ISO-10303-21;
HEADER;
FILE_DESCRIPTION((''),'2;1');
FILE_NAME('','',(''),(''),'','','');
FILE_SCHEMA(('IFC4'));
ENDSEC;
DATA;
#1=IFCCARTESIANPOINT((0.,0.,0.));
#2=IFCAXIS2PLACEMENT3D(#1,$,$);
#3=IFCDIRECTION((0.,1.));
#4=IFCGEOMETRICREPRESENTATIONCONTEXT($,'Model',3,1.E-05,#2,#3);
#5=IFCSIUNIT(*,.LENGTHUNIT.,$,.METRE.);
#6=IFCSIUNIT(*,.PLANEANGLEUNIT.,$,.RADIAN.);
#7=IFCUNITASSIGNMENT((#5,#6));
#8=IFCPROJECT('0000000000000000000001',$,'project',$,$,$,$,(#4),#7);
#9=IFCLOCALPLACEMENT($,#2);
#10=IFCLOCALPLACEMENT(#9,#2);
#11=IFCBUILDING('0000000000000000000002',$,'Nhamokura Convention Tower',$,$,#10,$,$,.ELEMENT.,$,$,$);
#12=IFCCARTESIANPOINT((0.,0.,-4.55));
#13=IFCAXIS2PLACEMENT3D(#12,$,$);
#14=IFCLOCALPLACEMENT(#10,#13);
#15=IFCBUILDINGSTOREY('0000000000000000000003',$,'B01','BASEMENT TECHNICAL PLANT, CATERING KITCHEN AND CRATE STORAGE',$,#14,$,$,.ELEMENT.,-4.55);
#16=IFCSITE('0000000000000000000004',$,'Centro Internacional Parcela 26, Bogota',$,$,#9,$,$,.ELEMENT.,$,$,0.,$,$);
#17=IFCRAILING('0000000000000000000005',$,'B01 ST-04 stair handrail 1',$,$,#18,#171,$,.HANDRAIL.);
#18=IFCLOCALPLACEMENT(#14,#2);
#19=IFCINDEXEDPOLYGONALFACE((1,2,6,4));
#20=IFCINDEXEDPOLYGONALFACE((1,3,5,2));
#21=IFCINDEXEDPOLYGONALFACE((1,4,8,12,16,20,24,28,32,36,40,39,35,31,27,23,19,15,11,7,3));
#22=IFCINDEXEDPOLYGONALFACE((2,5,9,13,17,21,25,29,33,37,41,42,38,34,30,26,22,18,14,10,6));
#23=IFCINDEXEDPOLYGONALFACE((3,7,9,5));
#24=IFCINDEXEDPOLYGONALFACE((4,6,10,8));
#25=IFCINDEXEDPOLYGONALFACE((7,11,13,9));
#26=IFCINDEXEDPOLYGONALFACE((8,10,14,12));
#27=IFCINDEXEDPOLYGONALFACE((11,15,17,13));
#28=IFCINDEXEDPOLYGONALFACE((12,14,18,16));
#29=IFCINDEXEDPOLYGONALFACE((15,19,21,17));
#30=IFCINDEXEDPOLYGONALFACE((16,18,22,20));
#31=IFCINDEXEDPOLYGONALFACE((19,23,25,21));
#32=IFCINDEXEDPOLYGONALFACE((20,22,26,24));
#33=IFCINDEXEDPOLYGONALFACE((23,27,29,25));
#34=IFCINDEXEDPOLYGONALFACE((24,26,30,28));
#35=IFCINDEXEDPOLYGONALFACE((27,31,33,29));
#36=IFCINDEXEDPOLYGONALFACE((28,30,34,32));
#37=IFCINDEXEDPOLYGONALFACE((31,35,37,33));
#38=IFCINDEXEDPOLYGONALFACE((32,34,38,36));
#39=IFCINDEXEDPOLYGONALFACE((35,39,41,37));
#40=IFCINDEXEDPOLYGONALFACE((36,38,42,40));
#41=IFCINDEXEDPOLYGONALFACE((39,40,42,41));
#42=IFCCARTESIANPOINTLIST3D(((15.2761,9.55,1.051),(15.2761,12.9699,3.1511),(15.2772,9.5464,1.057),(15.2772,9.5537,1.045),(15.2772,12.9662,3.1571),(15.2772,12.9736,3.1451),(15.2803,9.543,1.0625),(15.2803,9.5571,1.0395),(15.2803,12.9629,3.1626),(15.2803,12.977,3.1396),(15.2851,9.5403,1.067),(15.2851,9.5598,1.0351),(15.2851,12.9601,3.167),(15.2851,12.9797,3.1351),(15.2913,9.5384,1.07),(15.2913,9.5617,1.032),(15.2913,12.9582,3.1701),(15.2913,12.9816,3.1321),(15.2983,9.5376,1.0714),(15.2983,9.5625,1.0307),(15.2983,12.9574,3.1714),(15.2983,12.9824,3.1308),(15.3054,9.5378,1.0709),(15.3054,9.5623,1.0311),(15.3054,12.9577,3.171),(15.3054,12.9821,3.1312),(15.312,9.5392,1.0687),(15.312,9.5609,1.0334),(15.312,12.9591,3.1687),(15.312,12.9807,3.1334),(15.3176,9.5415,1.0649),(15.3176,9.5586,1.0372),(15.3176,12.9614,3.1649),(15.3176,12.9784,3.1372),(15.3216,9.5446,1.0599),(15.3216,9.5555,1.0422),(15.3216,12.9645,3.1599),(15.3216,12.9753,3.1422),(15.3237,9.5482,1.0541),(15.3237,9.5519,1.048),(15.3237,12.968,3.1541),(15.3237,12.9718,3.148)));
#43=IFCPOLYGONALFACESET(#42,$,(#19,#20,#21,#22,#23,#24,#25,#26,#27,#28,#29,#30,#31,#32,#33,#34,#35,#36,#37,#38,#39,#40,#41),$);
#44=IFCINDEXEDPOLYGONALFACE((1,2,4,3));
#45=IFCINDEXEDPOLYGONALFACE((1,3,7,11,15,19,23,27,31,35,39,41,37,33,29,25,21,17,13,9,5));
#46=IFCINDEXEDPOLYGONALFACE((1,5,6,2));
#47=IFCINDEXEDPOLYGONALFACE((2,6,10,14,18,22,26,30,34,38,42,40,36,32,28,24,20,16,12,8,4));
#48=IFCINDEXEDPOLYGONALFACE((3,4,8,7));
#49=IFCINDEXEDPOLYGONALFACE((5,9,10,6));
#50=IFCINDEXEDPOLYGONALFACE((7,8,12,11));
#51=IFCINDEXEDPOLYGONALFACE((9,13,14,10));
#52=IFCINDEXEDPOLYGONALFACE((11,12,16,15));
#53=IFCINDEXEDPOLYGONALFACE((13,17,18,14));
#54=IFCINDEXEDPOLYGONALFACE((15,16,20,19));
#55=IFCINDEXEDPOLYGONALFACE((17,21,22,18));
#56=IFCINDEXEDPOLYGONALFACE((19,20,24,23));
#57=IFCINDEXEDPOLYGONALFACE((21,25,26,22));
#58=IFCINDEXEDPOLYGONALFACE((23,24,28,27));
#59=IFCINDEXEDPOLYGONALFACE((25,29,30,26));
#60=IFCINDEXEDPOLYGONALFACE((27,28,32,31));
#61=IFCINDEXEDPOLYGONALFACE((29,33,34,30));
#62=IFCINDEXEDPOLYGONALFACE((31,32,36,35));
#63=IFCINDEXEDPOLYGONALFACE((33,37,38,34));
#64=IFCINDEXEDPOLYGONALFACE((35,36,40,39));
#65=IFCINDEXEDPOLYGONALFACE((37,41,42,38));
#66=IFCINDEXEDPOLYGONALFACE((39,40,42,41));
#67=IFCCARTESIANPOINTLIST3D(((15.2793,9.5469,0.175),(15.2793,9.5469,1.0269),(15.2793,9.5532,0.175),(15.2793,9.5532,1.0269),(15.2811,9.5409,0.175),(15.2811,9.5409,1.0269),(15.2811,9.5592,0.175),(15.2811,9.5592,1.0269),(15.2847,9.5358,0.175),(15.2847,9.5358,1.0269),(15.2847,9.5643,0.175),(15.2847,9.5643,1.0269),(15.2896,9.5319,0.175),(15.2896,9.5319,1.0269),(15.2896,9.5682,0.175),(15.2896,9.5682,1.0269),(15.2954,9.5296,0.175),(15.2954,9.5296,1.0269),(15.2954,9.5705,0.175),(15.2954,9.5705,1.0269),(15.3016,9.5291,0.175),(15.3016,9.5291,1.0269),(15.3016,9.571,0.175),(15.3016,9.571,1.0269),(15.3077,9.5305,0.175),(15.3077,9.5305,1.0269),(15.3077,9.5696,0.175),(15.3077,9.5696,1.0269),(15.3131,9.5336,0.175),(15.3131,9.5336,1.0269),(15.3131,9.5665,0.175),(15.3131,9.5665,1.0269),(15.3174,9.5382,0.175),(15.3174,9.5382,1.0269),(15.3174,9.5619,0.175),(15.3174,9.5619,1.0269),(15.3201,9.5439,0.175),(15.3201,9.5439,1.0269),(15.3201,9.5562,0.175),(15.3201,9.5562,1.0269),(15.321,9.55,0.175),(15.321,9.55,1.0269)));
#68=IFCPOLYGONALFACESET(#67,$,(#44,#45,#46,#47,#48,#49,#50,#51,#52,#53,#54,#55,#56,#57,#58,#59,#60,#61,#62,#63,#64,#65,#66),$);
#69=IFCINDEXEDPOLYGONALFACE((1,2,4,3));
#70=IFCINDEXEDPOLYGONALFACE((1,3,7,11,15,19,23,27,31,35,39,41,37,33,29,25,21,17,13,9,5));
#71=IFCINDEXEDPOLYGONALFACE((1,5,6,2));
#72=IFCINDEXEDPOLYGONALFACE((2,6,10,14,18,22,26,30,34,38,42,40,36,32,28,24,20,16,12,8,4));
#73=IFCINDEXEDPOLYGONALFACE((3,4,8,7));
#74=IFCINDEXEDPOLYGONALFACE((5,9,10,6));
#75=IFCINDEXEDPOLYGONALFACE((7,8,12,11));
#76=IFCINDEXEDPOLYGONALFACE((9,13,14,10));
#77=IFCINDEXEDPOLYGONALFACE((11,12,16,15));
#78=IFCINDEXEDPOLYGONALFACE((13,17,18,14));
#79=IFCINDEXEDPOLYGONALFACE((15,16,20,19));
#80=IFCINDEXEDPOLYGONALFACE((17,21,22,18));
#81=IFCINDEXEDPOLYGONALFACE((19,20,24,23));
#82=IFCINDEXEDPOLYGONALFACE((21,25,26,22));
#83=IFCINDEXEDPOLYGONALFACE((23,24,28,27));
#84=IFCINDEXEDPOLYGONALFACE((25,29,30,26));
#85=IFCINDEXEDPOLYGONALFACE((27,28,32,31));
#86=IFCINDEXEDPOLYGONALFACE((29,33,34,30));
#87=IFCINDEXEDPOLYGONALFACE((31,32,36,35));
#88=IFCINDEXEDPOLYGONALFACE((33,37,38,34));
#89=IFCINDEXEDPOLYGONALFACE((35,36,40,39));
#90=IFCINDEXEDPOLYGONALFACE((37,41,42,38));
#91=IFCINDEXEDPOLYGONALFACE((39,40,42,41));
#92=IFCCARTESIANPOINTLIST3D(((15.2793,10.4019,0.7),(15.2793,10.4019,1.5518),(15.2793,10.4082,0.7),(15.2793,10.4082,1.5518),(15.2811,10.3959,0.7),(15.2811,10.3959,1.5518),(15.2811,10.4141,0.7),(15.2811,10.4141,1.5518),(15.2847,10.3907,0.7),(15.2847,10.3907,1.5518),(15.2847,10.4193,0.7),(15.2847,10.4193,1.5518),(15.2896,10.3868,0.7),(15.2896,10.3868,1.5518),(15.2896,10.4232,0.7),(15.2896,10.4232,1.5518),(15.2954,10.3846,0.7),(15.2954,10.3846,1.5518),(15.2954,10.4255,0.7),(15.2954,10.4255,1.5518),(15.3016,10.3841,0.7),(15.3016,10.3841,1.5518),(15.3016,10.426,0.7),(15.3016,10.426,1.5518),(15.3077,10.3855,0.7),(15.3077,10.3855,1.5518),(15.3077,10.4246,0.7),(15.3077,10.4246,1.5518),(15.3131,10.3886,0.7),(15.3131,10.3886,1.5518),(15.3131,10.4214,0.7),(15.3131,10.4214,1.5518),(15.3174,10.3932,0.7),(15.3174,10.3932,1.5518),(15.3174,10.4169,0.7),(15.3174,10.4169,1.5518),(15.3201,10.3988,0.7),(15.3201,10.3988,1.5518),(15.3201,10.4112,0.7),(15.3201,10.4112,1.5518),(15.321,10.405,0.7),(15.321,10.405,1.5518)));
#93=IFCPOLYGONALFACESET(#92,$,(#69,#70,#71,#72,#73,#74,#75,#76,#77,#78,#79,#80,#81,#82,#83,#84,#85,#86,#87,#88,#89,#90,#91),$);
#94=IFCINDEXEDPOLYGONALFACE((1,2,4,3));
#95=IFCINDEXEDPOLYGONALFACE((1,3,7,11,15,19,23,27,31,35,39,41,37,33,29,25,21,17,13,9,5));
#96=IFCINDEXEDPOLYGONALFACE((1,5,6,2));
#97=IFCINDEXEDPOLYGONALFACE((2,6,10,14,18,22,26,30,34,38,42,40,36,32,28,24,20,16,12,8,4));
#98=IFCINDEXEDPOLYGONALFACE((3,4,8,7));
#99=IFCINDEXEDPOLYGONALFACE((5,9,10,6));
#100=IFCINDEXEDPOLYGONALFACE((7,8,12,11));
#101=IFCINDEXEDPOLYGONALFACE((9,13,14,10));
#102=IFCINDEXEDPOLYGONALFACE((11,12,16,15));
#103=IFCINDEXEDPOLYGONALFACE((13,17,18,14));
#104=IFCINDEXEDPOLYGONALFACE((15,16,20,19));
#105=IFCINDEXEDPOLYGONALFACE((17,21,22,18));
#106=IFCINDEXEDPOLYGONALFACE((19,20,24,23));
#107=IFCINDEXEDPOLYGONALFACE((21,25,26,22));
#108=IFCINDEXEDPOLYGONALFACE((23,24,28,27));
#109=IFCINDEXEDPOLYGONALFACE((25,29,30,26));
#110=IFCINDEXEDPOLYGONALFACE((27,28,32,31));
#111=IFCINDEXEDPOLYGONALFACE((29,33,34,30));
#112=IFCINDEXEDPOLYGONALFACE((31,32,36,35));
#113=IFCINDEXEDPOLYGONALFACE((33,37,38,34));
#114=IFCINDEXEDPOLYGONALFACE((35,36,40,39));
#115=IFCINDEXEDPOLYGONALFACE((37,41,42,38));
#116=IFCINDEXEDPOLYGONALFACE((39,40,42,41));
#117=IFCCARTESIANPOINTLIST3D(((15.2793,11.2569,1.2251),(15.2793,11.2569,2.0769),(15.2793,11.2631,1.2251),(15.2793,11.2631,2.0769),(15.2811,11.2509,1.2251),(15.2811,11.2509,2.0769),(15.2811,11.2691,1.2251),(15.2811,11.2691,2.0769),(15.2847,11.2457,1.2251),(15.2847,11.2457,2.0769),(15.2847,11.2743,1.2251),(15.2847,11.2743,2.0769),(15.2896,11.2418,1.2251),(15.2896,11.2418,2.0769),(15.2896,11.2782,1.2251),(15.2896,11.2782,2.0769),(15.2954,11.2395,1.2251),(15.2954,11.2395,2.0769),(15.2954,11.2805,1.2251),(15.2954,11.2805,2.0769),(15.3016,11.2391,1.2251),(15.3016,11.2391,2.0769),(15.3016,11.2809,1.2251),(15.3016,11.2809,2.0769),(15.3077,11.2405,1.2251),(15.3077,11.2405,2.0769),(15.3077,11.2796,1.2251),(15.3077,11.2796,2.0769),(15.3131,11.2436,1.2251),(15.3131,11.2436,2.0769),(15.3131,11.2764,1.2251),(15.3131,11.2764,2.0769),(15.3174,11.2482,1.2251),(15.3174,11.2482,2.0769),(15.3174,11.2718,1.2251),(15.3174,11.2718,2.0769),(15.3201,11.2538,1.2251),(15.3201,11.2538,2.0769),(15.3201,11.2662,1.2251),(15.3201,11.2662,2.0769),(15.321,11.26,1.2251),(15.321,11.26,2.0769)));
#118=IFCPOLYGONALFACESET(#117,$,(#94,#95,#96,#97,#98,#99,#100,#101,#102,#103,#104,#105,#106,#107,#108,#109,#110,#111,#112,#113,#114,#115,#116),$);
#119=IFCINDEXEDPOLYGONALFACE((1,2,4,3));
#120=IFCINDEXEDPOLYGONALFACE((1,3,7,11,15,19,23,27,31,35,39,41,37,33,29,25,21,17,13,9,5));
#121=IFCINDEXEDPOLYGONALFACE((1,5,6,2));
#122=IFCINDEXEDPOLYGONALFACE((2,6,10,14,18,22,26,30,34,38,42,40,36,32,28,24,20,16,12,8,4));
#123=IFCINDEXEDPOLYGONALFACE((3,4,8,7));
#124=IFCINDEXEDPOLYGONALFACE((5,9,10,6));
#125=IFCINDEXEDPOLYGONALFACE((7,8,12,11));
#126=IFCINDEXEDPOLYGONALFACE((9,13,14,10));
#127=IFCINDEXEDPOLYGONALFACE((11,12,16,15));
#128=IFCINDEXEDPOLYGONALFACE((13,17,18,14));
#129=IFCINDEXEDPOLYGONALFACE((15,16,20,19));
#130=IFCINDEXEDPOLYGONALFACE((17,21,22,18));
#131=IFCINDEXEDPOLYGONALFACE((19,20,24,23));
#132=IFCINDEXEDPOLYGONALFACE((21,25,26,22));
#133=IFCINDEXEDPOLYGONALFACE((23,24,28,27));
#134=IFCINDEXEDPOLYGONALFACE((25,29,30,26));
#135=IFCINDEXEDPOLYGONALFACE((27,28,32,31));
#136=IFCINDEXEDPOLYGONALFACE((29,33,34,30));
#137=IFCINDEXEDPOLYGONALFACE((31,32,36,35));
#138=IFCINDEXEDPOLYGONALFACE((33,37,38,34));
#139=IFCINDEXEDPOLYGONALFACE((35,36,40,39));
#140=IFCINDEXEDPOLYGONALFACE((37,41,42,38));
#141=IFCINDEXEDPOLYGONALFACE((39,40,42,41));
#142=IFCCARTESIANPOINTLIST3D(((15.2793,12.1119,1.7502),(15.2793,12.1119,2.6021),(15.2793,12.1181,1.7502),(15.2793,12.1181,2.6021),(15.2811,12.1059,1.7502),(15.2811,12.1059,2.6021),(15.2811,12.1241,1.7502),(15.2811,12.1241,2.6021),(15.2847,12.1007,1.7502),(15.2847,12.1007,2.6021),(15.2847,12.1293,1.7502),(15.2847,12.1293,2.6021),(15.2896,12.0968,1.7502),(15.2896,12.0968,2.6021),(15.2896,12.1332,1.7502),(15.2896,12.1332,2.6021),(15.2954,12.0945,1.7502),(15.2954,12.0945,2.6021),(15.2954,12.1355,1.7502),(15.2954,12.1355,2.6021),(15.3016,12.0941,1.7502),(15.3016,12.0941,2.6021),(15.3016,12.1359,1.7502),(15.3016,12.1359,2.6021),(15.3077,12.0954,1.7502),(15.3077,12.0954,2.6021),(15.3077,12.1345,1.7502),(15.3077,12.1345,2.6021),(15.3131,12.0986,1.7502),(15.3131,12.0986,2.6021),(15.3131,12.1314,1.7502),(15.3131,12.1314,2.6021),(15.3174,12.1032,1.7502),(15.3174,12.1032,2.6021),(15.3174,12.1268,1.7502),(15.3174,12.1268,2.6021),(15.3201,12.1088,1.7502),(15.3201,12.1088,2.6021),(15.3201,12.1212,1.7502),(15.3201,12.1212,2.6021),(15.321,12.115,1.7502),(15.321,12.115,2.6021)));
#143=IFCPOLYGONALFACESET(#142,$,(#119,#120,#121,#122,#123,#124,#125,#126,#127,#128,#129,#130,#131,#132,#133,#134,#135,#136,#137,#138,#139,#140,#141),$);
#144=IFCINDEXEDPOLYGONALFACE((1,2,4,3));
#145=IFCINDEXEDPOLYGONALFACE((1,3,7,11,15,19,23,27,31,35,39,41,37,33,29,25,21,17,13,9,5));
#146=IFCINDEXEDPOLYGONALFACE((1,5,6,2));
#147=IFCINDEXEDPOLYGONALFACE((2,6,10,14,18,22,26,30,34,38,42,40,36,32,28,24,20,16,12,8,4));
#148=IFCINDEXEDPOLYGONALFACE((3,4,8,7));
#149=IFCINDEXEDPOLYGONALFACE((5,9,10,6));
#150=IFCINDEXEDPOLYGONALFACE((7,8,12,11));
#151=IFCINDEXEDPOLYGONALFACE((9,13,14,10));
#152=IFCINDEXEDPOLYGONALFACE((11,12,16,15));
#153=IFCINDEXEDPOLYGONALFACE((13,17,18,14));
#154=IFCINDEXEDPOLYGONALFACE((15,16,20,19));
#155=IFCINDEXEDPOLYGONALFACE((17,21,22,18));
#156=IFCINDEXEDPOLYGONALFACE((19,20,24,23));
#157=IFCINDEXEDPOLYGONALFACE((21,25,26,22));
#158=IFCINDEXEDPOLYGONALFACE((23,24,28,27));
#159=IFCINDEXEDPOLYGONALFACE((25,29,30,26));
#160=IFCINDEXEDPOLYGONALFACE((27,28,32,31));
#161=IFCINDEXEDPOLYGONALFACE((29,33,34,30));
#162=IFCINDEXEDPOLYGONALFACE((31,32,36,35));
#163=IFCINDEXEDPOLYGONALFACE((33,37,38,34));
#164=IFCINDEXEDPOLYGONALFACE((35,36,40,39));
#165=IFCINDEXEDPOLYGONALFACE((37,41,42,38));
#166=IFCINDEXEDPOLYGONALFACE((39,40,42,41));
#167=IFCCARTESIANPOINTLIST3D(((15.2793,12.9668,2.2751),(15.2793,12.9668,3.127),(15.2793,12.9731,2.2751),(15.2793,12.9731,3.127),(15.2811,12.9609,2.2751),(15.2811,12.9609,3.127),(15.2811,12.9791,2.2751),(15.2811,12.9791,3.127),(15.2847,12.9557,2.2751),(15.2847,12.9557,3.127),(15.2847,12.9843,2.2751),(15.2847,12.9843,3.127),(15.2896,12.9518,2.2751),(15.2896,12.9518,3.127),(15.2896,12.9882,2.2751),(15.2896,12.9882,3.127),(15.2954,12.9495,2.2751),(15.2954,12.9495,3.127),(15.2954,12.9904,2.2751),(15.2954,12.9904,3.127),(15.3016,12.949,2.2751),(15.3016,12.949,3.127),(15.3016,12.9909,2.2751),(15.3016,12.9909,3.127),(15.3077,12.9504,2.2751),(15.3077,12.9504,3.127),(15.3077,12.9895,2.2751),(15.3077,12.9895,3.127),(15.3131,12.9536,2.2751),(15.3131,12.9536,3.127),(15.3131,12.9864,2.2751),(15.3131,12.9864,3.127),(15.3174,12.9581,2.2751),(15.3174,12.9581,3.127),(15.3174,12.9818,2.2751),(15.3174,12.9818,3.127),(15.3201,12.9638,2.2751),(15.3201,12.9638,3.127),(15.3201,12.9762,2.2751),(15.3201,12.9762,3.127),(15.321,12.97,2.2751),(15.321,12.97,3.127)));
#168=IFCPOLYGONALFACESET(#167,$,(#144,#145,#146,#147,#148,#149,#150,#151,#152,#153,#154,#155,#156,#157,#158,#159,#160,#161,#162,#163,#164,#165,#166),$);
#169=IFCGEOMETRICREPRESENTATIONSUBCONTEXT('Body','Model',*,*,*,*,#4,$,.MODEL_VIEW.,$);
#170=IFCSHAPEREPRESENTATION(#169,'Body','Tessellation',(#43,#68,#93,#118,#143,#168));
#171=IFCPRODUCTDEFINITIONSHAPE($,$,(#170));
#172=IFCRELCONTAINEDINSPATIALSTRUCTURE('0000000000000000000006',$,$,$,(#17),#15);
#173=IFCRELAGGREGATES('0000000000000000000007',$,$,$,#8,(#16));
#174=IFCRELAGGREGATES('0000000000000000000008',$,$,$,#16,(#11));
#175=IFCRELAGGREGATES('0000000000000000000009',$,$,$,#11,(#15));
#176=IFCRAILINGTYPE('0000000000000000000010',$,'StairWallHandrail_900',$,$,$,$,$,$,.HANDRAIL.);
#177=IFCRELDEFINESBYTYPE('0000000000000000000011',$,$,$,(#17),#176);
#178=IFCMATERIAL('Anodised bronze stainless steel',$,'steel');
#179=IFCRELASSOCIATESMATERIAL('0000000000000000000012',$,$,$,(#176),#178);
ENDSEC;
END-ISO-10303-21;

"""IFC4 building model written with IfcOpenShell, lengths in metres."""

from ifc_helpers import new_model, si_unit, direction, frame, origin, origin_2d, place, context, subcontext, project, spatial, circle, extrude, material, type_object, element, save


model = new_model("IFC4")

# Units and contexts
model_context = context("Model", 3, precision=1e-05, world=origin(), true_north=direction((0.0, 1.0)))
body_context = subcontext(model_context, "Body", "Model", "MODEL_VIEW")
ifc_project = project(units=[si_unit("LENGTHUNIT", "METRE"), si_unit("PLANEANGLEUNIT", "RADIAN")], contexts=[model_context])

# Site, building, storey
site_placement = place(None, origin())
site = spatial("IfcSite", under=ifc_project, at=site_placement, Name="Centro Internacional Parcela 26, Bogota", CompositionType="ELEMENT", RefElevation=0.0)
building_placement = place(site_placement, origin())
building = spatial("IfcBuilding", under=site, at=building_placement, Name="Nhamokura Convention Tower", CompositionType="ELEMENT")
storey_placement = place(building_placement, frame((0.0, 0.0, -4.55)))
storey = spatial("IfcBuildingStorey", under=building, at=storey_placement, Name="B01", Description="BASEMENT TECHNICAL PLANT, CATERING KITCHEN AND CRATE STORAGE", CompositionType="ELEMENT", Elevation=-4.55)

# Railing
ifc_material_1 = material(Name="Anodised bronze stainless steel", Category="steel")
railing_type_1 = type_object("IfcRailingType", Name="StairWallHandrail_900", PredefinedType="HANDRAIL", material=ifc_material_1)
for number, where, name in (
    (1, (15.3, 9.55, 0.175), "B01 ST-04 stair handrail 1"),
):
    element("IfcRailing", number, at=place(storey_placement, frame(where)), inside=storey, type_object=railing_type_1, Name=name, PredefinedType="HANDRAIL", context=body_context, shape_type="SweptSolid", body=[
        extrude(circle(Radius=0.0239, at=origin_2d()), frame((0.0, 0.0, 0.876), z_axis=(0.0, 0.852155, 0.523289), x_axis=(-1.0, 0.0, 0.0)), (0.0, 0.0, 1.0), 4.0132),
        extrude(circle(Radius=0.021, at=origin_2d()), origin(), (0.0, 0.0, 1.0), 0.8518),
        extrude(circle(Radius=0.021, at=origin_2d()), frame((0.0, 0.855, 0.5249)), (0.0, 0.0, 1.0), 0.8518),
        extrude(circle(Radius=0.021, at=origin_2d()), frame((0.0, 1.71, 1.05)), (0.0, 0.0, 1.0), 0.8518),
        extrude(circle(Radius=0.021, at=origin_2d()), frame((0.0, 2.5649, 1.5752)), (0.0, 0.0, 1.0), 0.8518),
        extrude(circle(Radius=0.021, at=origin_2d()), frame((0.0, 3.4199, 2.1001)), (0.0, 0.0, 1.0), 0.8518),
    ])

save(model, "model.ifc")
